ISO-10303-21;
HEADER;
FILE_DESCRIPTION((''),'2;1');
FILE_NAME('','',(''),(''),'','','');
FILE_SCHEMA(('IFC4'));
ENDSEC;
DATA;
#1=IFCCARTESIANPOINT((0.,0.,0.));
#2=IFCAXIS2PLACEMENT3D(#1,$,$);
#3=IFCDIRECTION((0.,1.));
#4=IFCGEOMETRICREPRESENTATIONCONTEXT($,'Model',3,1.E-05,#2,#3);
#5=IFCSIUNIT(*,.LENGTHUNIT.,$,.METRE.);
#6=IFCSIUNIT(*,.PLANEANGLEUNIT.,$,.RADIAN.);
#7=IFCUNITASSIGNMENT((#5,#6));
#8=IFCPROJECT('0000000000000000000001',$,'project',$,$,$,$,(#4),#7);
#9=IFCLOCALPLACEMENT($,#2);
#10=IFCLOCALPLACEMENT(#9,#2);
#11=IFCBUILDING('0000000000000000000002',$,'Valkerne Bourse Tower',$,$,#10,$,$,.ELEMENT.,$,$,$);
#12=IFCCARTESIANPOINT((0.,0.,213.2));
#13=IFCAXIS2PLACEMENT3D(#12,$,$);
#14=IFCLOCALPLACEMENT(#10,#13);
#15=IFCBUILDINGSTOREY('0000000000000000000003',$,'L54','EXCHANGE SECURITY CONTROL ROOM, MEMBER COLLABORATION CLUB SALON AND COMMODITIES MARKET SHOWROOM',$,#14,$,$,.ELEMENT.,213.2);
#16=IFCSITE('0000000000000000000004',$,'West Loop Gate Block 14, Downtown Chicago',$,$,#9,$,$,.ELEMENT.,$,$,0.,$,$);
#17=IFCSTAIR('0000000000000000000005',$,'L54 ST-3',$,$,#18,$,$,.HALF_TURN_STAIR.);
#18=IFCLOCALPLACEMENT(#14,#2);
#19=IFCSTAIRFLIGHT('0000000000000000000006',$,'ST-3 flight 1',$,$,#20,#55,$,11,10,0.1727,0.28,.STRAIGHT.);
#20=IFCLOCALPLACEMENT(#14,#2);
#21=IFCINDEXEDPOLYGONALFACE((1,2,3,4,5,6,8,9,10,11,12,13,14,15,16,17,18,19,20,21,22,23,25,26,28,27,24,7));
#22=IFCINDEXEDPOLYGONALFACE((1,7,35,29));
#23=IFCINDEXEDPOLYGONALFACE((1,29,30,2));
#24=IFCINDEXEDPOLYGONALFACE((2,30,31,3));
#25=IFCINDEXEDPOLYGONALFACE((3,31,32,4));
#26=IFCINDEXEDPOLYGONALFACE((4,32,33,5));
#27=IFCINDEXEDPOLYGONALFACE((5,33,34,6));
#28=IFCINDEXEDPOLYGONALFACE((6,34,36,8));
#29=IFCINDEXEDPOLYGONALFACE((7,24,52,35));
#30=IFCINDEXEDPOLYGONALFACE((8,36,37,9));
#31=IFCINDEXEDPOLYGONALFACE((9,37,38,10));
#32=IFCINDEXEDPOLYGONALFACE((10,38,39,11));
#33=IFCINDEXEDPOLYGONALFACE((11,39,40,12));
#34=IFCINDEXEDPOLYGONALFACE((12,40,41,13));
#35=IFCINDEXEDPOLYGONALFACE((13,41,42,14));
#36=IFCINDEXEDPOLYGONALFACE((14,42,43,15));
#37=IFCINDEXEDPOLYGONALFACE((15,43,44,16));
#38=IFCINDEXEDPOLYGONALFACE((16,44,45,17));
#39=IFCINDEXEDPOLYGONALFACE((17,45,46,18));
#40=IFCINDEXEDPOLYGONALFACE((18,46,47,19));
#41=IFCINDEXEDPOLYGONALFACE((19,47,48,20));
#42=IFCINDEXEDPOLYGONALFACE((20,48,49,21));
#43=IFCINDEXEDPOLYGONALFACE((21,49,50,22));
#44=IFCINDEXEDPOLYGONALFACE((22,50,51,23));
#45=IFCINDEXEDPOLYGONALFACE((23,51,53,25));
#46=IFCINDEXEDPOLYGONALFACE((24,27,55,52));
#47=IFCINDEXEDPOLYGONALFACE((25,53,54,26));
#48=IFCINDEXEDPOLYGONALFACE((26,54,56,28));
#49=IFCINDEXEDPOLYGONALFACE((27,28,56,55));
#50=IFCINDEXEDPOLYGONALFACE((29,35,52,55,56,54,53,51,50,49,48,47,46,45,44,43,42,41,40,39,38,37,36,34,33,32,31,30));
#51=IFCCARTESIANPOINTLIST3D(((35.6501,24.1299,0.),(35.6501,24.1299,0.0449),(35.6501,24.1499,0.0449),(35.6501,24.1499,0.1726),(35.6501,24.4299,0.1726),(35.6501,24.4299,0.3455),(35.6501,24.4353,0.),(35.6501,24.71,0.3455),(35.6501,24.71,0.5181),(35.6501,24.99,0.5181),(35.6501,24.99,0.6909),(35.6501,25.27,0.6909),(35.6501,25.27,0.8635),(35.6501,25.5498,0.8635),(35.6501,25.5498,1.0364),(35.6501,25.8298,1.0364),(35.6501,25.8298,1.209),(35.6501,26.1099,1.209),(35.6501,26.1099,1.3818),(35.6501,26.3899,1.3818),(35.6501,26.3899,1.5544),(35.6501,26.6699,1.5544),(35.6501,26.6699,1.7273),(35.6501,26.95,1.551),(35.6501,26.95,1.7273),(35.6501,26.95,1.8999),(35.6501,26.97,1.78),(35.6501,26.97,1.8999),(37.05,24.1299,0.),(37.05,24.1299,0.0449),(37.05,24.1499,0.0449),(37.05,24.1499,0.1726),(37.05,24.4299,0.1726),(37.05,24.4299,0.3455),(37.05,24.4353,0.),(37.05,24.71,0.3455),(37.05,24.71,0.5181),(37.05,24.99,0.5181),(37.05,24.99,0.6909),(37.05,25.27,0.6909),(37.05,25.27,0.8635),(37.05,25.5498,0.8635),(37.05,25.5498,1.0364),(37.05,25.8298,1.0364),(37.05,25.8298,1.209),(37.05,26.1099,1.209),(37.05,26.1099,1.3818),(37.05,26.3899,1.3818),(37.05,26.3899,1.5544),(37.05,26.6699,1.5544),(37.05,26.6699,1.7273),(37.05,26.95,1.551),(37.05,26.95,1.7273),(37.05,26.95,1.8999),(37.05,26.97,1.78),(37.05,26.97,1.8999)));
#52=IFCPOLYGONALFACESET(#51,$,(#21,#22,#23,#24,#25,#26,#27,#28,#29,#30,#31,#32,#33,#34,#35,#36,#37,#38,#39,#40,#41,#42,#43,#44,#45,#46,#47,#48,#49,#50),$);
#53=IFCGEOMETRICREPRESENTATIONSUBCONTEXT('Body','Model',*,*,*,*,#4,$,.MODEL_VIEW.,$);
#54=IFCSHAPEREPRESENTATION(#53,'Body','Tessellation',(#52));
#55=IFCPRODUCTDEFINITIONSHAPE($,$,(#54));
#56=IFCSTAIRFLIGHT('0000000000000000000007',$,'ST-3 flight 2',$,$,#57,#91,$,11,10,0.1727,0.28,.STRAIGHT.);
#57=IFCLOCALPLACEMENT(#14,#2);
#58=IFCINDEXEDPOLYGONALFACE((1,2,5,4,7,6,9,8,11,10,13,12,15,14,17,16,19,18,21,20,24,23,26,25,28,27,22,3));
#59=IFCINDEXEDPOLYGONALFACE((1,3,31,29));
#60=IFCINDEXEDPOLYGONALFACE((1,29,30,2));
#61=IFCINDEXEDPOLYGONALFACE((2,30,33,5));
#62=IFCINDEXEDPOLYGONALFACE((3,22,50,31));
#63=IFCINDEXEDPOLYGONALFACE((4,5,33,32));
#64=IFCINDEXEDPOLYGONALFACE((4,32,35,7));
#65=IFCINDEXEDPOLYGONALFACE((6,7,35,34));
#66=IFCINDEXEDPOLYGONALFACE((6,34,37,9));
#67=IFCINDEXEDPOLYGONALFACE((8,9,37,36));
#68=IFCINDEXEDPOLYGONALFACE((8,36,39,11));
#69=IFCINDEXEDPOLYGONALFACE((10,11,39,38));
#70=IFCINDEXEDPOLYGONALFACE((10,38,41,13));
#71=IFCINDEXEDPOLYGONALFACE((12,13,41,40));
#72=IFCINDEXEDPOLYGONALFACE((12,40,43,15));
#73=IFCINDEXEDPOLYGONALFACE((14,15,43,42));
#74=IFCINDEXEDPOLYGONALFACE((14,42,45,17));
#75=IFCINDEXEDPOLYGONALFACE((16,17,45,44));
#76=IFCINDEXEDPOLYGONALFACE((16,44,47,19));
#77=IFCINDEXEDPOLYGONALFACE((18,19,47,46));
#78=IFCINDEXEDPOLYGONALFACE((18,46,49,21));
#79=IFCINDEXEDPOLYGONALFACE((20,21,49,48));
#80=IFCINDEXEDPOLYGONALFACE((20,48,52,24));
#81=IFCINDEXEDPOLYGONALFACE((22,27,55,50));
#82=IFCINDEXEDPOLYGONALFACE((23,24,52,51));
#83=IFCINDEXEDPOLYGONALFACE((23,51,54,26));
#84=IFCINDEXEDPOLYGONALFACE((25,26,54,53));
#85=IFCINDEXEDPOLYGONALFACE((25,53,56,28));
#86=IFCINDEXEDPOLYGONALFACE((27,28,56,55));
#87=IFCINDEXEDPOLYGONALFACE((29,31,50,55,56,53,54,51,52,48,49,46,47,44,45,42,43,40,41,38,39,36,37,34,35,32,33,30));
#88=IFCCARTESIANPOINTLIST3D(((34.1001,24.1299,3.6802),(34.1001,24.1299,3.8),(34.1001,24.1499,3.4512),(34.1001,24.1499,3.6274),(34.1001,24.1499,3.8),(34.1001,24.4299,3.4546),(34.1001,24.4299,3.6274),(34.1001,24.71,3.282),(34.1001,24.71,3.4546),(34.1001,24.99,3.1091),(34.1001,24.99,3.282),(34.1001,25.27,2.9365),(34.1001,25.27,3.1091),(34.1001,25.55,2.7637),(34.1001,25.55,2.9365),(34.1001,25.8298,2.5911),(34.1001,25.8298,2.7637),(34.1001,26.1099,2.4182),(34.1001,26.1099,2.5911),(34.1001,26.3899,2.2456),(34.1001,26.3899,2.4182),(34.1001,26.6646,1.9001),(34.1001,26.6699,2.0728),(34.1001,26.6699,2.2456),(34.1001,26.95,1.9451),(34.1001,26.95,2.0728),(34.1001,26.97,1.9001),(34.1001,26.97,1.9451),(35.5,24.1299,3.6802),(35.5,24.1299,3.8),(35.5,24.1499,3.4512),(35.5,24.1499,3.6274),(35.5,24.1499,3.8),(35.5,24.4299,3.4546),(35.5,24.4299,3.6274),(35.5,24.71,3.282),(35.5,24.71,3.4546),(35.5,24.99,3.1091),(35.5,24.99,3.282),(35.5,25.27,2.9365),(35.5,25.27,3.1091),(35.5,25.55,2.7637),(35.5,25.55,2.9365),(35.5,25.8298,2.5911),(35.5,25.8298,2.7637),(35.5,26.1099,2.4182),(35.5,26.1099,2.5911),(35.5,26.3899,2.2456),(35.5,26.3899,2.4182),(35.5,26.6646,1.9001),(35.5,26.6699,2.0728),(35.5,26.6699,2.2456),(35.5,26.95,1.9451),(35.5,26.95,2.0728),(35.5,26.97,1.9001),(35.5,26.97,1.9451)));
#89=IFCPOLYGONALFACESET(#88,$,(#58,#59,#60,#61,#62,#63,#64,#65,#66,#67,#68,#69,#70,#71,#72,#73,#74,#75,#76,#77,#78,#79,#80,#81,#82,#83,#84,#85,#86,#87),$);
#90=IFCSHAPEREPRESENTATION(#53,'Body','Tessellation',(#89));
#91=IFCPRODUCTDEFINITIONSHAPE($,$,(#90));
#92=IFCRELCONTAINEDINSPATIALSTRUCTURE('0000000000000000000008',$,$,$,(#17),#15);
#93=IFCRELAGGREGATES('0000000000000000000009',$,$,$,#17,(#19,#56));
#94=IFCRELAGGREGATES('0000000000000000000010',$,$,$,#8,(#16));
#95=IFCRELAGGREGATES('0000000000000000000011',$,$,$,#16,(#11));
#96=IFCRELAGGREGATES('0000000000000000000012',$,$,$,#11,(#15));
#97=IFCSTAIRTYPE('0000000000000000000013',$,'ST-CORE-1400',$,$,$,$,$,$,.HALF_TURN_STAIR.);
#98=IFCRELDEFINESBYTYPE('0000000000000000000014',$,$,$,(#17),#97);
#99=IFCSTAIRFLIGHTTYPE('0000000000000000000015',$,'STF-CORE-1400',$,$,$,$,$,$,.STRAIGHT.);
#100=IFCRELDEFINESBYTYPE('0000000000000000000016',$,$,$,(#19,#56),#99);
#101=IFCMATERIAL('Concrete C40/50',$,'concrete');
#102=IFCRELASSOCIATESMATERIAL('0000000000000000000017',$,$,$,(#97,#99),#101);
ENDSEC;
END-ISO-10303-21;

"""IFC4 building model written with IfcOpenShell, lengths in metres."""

from ifc_helpers import new_model, si_unit, direction, frame, origin, place, context, subcontext, project, spatial, polyline, outline, extrude, material, type_object, element, aggregate, save


model = new_model("IFC4")

# Units and contexts
model_context = context("Model", 3, precision=1e-05, world=origin(), true_north=direction((0.0, 1.0)))
body_context = subcontext(model_context, "Body", "Model", "MODEL_VIEW")
ifc_project = project(units=[si_unit("LENGTHUNIT", "METRE"), si_unit("PLANEANGLEUNIT", "RADIAN")], contexts=[model_context])

# Site, building, storey
site_placement = place(None, origin())
site = spatial("IfcSite", under=ifc_project, at=site_placement, Name="West Loop Gate Block 14, Downtown Chicago", CompositionType="ELEMENT", RefElevation=0.0)
building_placement = place(site_placement, origin())
building = spatial("IfcBuilding", under=site, at=building_placement, Name="Valkerne Bourse Tower", CompositionType="ELEMENT")
storey_placement = place(building_placement, frame((0.0, 0.0, 213.2)))
storey = spatial("IfcBuildingStorey", under=building, at=storey_placement, Name="L54", Description="EXCHANGE SECURITY CONTROL ROOM, MEMBER COLLABORATION CLUB SALON AND COMMODITIES MARKET SHOWROOM", CompositionType="ELEMENT", Elevation=213.2)

# Shared definitions
ifc_material_1 = material(Name="Concrete C40/50", Category="concrete")

# Stair, stair flights
stair_type = type_object("IfcStairType", Name="ST-CORE-1400", PredefinedType="HALF_TURN_STAIR", material=ifc_material_1)
stair_placement = place(storey_placement, origin())
stair = element("IfcStair", 1, at=stair_placement, inside=storey, type_object=stair_type, Name="L54 ST-3", PredefinedType="HALF_TURN_STAIR")
stair_flight_type = type_object("IfcStairFlightType", Name="STF-CORE-1400", PredefinedType="STRAIGHT", material=ifc_material_1)
stair_flight_1_placement = place(storey_placement, frame((36.3501, 24.1499, 0.0), z_axis=(0.0, 0.0, 1.0), x_axis=(0.0, 1.0, 0.0)))
stair_flight_1 = element("IfcStairFlight", 2, at=stair_flight_1_placement, type_object=stair_flight_type, Name="ST-3 flight 1", NumberOfRisers=11, NumberOfTreads=10, PredefinedType="STRAIGHT", RiserHeight=0.1727, TreadLength=0.28, context=body_context, shape_type="SweptSolid", body=[
    extrude(outline(polyline([(-0.02, 0.0), (-0.02, 0.0449), (0.0, 0.0449), (0.0, 0.1726), (0.28, 0.1726), (0.28, 0.3455), (0.5601, 0.3455), (0.5601, 0.5181), (0.8401, 0.5181), (0.8401, 0.6909), (1.1201, 0.6909), (1.1201, 0.8635), (1.3999, 0.8635), (1.3999, 1.0364), (1.6799, 1.0364), (1.6799, 1.209), (1.96, 1.209), (1.96, 1.3818), (2.24, 1.3818), (2.24, 1.5544), (2.52, 1.5544), (2.52, 1.7273), (2.8, 1.7273), (2.8, 1.8999), (2.8201, 1.8999), (2.8201, 1.78), (2.8, 1.551), (0.2854, 0.0), (-0.02, 0.0)])), frame((0.0, 0.7, 0.0), z_axis=(0.0, -1.0, 0.0), x_axis=(1.0, 0.0, 0.0)), (0.0, 0.0, 1.0), 1.3999),
])
stair_flight_2_placement = place(storey_placement, frame((34.8, 26.95, 1.9001), z_axis=(0.0, 0.0, 1.0), x_axis=(0.0, -1.0, 0.0)))
stair_flight_2 = element("IfcStairFlight", 3, at=stair_flight_2_placement, type_object=stair_flight_type, Name="ST-3 flight 2", NumberOfRisers=11, NumberOfTreads=10, PredefinedType="STRAIGHT", RiserHeight=0.1727, TreadLength=0.28, context=body_context, shape_type="SweptSolid", body=[
    extrude(outline(polyline([(-0.02, 0.0), (-0.02, 0.0449), (0.0, 0.0449), (0.0, 0.1726), (0.28, 0.1726), (0.28, 0.3455), (0.5601, 0.3455), (0.5601, 0.5181), (0.8401, 0.5181), (0.8401, 0.6909), (1.1201, 0.6909), (1.1201, 0.8635), (1.3999, 0.8635), (1.3999, 1.0364), (1.6799, 1.0364), (1.6799, 1.209), (1.96, 1.209), (1.96, 1.3818), (2.24, 1.3818), (2.24, 1.5544), (2.52, 1.5544), (2.52, 1.7273), (2.8, 1.7273), (2.8, 1.8999), (2.8201, 1.8999), (2.8201, 1.78), (2.8, 1.551), (0.2854, 0.0), (-0.02, 0.0)])), frame((0.0, 0.7, 0.0), z_axis=(0.0, -1.0, 0.0), x_axis=(1.0, 0.0, 0.0)), (0.0, 0.0, 1.0), 1.3999),
])
aggregate(stair, [stair_flight_1, stair_flight_2])

save(model, "model.ifc")
